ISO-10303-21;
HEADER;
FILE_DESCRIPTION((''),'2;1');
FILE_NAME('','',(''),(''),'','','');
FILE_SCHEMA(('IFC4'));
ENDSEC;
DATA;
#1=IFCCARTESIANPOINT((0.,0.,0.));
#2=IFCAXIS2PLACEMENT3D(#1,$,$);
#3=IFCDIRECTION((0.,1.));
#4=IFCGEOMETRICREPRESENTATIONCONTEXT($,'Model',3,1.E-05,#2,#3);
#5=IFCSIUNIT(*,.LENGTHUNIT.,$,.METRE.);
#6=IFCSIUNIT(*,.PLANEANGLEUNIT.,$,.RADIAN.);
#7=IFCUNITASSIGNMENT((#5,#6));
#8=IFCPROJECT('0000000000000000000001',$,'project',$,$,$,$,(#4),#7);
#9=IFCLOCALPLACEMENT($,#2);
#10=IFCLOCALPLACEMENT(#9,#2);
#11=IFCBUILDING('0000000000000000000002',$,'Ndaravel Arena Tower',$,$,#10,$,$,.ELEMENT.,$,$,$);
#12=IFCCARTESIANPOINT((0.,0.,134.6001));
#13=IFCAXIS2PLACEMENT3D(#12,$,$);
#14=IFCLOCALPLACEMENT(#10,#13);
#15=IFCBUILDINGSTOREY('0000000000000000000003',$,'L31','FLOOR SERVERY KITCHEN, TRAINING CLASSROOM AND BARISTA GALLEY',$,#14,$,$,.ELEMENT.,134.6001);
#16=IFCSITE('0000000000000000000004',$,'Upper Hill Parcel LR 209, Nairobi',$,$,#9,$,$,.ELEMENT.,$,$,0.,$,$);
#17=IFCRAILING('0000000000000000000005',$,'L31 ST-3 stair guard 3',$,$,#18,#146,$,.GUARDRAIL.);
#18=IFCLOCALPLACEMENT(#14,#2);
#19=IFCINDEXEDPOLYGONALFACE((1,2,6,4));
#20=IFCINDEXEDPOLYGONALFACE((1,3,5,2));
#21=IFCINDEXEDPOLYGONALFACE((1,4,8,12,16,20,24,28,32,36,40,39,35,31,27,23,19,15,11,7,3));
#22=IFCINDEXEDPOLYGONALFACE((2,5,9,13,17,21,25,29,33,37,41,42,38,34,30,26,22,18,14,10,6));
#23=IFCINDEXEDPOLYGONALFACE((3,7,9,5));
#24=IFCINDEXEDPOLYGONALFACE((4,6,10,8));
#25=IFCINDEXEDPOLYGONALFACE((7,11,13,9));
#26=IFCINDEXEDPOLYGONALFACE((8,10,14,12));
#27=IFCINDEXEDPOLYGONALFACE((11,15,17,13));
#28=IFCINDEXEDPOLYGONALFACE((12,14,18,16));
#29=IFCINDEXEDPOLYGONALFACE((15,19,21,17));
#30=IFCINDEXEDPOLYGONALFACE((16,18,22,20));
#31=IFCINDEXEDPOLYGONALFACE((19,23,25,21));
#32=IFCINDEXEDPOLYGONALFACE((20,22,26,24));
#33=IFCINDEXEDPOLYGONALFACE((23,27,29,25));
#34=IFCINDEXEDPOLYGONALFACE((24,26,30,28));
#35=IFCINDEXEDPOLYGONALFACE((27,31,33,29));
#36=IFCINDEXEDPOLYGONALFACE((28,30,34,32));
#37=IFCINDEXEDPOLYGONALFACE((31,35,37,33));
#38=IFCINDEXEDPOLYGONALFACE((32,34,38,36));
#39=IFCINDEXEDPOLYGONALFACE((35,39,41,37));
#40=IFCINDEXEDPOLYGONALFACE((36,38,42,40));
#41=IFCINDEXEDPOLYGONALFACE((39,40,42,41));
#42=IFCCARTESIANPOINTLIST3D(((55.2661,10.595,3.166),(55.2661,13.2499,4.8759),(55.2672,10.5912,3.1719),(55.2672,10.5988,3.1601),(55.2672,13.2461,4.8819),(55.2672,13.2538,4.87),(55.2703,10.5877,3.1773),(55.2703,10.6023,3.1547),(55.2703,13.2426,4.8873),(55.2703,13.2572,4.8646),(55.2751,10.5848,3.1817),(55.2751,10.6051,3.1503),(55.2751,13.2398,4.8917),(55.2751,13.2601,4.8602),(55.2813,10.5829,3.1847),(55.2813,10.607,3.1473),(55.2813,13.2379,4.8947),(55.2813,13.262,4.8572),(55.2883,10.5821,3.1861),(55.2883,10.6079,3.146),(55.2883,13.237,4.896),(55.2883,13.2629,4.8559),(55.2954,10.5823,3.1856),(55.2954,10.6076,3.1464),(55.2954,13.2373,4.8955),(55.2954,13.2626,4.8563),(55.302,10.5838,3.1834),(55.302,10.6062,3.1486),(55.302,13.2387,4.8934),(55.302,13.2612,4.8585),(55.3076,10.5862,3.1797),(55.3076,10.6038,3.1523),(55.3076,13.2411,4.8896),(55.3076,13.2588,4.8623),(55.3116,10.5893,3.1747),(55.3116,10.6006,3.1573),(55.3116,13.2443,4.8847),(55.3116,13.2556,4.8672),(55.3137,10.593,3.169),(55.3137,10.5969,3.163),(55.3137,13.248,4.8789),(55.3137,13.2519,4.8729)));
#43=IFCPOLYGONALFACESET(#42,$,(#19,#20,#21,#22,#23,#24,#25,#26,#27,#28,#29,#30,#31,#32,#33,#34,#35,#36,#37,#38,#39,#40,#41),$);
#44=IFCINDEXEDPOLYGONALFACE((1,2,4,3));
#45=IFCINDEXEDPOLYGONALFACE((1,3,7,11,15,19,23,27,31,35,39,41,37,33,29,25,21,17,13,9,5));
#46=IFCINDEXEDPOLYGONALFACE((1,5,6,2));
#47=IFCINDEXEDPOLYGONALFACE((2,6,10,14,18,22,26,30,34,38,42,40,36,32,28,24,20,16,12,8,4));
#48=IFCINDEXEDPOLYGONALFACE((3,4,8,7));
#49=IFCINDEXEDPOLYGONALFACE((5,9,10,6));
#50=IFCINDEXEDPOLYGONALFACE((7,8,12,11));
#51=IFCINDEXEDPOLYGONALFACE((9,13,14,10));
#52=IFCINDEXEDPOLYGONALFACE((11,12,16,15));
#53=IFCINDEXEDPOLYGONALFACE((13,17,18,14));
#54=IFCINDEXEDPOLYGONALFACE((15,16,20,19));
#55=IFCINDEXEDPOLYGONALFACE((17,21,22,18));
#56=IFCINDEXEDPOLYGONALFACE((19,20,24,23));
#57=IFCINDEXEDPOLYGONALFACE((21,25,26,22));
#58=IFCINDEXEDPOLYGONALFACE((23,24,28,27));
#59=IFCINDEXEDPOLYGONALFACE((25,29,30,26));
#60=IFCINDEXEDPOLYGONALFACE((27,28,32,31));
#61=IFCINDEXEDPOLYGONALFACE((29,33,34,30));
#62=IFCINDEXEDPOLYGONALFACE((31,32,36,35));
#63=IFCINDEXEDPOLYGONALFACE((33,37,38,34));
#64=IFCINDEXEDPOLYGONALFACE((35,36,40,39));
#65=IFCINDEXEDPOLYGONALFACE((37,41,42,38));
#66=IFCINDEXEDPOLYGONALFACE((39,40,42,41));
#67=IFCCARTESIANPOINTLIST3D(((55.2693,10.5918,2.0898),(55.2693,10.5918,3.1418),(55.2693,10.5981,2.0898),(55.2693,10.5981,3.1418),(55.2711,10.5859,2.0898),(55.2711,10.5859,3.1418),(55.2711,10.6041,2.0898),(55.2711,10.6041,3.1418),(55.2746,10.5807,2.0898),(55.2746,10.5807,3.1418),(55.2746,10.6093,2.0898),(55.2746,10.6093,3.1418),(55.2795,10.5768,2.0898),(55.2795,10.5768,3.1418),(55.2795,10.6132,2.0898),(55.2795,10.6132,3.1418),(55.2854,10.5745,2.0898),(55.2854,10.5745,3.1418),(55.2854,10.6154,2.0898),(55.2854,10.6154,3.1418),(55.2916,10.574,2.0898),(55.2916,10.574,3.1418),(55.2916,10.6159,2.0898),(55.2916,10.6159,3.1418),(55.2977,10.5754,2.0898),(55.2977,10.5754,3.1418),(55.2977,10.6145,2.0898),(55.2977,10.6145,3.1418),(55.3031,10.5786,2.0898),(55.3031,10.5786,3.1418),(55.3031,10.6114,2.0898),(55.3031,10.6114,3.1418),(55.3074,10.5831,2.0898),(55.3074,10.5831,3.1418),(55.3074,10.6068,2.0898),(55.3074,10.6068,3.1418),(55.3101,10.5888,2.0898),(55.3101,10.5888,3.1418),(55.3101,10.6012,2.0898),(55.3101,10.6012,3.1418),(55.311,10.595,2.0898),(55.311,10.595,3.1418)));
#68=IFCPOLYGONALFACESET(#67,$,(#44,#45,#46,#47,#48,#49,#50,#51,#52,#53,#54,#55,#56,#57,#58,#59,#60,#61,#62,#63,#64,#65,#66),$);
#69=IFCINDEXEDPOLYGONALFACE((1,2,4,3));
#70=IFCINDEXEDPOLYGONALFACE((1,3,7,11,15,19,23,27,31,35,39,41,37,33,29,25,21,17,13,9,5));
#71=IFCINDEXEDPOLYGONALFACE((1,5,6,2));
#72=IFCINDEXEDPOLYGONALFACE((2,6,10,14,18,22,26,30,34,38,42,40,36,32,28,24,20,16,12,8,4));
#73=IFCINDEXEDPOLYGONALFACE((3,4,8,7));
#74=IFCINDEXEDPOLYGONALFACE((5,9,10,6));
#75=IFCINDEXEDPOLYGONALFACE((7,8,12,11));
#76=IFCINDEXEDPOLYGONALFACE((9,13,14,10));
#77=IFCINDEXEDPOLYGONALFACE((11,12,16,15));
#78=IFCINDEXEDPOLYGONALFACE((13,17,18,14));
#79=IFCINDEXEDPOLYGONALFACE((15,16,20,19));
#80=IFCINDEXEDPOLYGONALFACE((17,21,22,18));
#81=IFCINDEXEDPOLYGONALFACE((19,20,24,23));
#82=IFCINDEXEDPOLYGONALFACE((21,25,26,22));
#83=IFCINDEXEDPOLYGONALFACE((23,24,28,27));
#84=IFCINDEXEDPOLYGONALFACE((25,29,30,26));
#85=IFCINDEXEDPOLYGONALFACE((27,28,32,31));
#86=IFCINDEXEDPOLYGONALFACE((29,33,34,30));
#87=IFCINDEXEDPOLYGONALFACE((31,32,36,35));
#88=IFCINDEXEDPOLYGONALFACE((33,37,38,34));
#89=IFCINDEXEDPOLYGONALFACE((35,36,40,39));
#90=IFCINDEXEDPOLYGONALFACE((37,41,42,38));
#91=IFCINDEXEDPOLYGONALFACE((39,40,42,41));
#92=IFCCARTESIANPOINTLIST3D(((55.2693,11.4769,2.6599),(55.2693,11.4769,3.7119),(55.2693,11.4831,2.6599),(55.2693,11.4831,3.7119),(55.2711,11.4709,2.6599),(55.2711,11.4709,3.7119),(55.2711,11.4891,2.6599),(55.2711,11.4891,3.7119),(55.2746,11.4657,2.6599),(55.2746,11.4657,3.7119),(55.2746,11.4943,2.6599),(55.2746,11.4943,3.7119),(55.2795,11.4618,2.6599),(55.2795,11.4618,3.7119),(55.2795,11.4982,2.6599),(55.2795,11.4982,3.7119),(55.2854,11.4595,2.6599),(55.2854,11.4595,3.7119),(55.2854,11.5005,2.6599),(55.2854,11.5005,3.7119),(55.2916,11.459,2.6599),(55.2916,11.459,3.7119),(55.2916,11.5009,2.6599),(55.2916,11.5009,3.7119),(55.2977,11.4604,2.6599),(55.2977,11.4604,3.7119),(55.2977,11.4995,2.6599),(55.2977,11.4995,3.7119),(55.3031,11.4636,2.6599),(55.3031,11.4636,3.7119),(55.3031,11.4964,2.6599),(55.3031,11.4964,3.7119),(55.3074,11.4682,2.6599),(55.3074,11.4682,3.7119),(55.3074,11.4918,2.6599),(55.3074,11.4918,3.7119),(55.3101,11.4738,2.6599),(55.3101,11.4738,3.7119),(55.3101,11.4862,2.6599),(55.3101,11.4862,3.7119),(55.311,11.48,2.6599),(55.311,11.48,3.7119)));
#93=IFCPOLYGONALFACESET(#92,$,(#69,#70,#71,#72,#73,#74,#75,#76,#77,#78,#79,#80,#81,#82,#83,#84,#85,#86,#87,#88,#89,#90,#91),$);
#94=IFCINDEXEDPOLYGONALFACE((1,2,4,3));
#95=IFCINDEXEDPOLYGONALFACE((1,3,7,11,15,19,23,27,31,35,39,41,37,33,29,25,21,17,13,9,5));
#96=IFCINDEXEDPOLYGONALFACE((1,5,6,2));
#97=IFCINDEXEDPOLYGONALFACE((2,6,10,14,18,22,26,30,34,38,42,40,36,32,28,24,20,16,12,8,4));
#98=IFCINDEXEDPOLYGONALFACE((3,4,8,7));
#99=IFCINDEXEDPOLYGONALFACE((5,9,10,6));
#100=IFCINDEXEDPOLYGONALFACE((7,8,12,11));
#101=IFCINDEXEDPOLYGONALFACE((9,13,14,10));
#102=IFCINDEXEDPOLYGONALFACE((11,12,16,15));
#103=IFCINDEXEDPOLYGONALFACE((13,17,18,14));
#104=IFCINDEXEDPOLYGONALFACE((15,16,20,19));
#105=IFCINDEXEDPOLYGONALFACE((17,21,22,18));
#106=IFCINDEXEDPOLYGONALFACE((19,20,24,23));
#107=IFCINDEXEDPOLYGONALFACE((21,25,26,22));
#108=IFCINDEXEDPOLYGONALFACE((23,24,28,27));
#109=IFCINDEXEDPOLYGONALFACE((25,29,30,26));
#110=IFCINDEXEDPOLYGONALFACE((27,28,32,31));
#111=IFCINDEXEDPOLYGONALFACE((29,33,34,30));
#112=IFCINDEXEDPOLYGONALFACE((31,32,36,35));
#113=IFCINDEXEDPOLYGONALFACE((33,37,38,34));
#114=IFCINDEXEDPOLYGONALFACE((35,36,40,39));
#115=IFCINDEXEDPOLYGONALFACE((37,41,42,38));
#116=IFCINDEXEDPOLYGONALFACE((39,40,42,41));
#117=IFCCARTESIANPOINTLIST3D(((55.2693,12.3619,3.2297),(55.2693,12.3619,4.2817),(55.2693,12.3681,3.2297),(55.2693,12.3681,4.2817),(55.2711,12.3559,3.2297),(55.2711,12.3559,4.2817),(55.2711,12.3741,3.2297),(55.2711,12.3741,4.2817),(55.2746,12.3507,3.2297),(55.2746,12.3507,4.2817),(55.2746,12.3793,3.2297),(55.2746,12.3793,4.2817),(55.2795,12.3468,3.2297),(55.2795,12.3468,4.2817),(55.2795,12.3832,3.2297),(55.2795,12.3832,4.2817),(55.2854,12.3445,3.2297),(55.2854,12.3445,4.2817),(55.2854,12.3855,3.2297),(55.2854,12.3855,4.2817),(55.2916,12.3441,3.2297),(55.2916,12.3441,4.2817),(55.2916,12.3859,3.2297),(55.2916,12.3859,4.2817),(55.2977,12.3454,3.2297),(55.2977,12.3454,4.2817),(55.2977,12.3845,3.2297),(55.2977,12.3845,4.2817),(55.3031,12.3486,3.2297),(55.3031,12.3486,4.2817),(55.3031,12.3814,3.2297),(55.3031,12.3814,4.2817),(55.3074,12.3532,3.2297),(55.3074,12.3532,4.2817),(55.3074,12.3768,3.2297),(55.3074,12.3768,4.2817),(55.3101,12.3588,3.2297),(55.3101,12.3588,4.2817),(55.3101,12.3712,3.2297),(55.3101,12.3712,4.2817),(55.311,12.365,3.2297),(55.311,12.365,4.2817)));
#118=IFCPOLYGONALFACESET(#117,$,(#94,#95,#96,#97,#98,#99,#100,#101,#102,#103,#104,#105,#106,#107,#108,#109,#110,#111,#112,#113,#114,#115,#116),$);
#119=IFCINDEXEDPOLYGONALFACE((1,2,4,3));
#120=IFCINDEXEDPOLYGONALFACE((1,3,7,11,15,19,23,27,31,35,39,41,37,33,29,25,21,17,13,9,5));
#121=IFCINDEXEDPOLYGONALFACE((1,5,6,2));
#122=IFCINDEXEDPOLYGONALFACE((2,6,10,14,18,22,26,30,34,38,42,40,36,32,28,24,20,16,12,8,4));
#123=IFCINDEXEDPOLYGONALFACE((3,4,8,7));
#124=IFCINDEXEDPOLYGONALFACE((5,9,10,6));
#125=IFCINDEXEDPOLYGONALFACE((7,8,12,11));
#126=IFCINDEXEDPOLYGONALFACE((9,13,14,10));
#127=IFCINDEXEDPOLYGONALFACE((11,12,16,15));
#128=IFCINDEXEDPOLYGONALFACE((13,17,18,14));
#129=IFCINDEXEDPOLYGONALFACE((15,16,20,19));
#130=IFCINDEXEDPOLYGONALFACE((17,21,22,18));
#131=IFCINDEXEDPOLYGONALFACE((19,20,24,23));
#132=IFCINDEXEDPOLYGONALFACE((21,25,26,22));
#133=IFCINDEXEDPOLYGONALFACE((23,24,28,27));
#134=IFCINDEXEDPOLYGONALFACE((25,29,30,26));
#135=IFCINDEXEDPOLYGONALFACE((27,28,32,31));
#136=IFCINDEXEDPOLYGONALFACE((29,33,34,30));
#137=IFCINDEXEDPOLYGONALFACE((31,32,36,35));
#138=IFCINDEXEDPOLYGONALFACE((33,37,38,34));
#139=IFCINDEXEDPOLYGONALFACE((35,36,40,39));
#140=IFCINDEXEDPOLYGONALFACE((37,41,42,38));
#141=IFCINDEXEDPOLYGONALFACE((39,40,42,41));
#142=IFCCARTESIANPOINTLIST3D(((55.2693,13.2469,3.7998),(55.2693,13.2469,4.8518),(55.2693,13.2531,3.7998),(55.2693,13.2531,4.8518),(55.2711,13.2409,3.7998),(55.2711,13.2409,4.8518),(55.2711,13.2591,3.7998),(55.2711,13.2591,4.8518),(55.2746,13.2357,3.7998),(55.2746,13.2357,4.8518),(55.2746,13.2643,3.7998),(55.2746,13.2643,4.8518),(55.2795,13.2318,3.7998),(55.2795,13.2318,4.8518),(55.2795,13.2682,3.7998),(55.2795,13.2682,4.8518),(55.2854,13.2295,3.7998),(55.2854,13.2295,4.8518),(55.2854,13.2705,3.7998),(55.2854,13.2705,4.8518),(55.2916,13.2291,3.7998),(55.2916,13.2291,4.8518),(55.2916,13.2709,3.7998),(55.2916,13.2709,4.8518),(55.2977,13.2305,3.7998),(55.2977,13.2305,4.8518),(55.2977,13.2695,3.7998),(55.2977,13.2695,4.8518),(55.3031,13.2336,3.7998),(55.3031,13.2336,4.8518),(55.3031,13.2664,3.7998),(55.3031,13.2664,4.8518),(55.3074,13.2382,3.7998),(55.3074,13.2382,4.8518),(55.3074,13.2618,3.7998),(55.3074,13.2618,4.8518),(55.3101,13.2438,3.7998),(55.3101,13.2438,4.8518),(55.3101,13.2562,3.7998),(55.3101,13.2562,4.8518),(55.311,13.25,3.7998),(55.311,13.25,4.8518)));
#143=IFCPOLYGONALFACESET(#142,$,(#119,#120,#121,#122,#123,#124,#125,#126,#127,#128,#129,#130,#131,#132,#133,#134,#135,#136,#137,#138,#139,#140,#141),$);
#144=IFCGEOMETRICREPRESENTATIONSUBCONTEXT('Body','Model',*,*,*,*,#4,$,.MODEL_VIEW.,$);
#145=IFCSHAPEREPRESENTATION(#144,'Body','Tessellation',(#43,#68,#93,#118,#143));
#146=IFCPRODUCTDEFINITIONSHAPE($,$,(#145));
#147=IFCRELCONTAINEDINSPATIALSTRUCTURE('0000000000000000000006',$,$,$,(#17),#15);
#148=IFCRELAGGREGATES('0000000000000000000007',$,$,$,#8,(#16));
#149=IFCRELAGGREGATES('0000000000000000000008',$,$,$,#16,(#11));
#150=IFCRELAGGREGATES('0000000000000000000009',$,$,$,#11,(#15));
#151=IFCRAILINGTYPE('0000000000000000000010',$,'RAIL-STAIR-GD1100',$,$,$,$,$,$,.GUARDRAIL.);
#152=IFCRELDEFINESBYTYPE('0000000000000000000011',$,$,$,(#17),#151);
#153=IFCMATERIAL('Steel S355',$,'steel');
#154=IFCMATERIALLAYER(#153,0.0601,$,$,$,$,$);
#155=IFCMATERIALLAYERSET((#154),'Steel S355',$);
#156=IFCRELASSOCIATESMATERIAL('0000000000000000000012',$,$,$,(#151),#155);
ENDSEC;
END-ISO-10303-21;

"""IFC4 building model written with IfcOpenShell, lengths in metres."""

from ifc_helpers import new_model, si_unit, direction, frame, origin, origin_2d, place, context, subcontext, project, spatial, circle, extrude, material, layer, layer_set, type_object, element, save


model = new_model("IFC4")

# Units and contexts
model_context = context("Model", 3, precision=1e-05, world=origin(), true_north=direction((0.0, 1.0)))
body_context = subcontext(model_context, "Body", "Model", "MODEL_VIEW")
ifc_project = project(units=[si_unit("LENGTHUNIT", "METRE"), si_unit("PLANEANGLEUNIT", "RADIAN")], contexts=[model_context])

# Site, building, storey
site_placement = place(None, origin())
site = spatial("IfcSite", under=ifc_project, at=site_placement, Name="Upper Hill Parcel LR 209, Nairobi", CompositionType="ELEMENT", RefElevation=0.0)
building_placement = place(site_placement, origin())
building = spatial("IfcBuilding", under=site, at=building_placement, Name="Ndaravel Arena Tower", CompositionType="ELEMENT")
storey_placement = place(building_placement, frame((0.0, 0.0, 134.6001)))
storey = spatial("IfcBuildingStorey", under=building, at=storey_placement, Name="L31", Description="FLOOR SERVERY KITCHEN, TRAINING CLASSROOM AND BARISTA GALLEY", CompositionType="ELEMENT", Elevation=134.6001)

# Railing
ifc_material_1 = material(Name="Steel S355", Category="steel")
ifc_layer_1 = layer(ifc_material_1, 0.0601)
ifc_layer_set_1 = layer_set([ifc_layer_1], Name="Steel S355")
railing_type_1 = type_object("IfcRailingType", Name="RAIL-STAIR-GD1100", PredefinedType="GUARDRAIL", material=ifc_layer_set_1)
railing_1_placement = place(storey_placement, frame((55.29, 10.595, 2.0898)))
element("IfcRailing", 1, at=railing_1_placement, inside=storey, type_object=railing_type_1, Name="L31 ST-3 stair guard 3", PredefinedType="GUARDRAIL", context=body_context, shape_type="SweptSolid", body=[
    extrude(circle(Radius=0.0239, at=origin_2d()), frame((0.0, 0.0, 1.0762), z_axis=(0.0, 0.840724, 0.541465), x_axis=(-1.0, 0.0, 0.0)), (0.0, 0.0, 1.0), 3.158),
    extrude(circle(Radius=0.021, at=origin_2d()), origin(), (0.0, 0.0, 1.0), 1.052),
    extrude(circle(Radius=0.021, at=origin_2d()), frame((0.0, 0.885, 0.5701)), (0.0, 0.0, 1.0), 1.052),
    extrude(circle(Radius=0.021, at=origin_2d()), frame((0.0, 1.77, 1.1399)), (0.0, 0.0, 1.0), 1.052),
    extrude(circle(Radius=0.021, at=origin_2d()), frame((0.0, 2.655, 1.71)), (0.0, 0.0, 1.0), 1.052),
])

save(model, "model.ifc")
